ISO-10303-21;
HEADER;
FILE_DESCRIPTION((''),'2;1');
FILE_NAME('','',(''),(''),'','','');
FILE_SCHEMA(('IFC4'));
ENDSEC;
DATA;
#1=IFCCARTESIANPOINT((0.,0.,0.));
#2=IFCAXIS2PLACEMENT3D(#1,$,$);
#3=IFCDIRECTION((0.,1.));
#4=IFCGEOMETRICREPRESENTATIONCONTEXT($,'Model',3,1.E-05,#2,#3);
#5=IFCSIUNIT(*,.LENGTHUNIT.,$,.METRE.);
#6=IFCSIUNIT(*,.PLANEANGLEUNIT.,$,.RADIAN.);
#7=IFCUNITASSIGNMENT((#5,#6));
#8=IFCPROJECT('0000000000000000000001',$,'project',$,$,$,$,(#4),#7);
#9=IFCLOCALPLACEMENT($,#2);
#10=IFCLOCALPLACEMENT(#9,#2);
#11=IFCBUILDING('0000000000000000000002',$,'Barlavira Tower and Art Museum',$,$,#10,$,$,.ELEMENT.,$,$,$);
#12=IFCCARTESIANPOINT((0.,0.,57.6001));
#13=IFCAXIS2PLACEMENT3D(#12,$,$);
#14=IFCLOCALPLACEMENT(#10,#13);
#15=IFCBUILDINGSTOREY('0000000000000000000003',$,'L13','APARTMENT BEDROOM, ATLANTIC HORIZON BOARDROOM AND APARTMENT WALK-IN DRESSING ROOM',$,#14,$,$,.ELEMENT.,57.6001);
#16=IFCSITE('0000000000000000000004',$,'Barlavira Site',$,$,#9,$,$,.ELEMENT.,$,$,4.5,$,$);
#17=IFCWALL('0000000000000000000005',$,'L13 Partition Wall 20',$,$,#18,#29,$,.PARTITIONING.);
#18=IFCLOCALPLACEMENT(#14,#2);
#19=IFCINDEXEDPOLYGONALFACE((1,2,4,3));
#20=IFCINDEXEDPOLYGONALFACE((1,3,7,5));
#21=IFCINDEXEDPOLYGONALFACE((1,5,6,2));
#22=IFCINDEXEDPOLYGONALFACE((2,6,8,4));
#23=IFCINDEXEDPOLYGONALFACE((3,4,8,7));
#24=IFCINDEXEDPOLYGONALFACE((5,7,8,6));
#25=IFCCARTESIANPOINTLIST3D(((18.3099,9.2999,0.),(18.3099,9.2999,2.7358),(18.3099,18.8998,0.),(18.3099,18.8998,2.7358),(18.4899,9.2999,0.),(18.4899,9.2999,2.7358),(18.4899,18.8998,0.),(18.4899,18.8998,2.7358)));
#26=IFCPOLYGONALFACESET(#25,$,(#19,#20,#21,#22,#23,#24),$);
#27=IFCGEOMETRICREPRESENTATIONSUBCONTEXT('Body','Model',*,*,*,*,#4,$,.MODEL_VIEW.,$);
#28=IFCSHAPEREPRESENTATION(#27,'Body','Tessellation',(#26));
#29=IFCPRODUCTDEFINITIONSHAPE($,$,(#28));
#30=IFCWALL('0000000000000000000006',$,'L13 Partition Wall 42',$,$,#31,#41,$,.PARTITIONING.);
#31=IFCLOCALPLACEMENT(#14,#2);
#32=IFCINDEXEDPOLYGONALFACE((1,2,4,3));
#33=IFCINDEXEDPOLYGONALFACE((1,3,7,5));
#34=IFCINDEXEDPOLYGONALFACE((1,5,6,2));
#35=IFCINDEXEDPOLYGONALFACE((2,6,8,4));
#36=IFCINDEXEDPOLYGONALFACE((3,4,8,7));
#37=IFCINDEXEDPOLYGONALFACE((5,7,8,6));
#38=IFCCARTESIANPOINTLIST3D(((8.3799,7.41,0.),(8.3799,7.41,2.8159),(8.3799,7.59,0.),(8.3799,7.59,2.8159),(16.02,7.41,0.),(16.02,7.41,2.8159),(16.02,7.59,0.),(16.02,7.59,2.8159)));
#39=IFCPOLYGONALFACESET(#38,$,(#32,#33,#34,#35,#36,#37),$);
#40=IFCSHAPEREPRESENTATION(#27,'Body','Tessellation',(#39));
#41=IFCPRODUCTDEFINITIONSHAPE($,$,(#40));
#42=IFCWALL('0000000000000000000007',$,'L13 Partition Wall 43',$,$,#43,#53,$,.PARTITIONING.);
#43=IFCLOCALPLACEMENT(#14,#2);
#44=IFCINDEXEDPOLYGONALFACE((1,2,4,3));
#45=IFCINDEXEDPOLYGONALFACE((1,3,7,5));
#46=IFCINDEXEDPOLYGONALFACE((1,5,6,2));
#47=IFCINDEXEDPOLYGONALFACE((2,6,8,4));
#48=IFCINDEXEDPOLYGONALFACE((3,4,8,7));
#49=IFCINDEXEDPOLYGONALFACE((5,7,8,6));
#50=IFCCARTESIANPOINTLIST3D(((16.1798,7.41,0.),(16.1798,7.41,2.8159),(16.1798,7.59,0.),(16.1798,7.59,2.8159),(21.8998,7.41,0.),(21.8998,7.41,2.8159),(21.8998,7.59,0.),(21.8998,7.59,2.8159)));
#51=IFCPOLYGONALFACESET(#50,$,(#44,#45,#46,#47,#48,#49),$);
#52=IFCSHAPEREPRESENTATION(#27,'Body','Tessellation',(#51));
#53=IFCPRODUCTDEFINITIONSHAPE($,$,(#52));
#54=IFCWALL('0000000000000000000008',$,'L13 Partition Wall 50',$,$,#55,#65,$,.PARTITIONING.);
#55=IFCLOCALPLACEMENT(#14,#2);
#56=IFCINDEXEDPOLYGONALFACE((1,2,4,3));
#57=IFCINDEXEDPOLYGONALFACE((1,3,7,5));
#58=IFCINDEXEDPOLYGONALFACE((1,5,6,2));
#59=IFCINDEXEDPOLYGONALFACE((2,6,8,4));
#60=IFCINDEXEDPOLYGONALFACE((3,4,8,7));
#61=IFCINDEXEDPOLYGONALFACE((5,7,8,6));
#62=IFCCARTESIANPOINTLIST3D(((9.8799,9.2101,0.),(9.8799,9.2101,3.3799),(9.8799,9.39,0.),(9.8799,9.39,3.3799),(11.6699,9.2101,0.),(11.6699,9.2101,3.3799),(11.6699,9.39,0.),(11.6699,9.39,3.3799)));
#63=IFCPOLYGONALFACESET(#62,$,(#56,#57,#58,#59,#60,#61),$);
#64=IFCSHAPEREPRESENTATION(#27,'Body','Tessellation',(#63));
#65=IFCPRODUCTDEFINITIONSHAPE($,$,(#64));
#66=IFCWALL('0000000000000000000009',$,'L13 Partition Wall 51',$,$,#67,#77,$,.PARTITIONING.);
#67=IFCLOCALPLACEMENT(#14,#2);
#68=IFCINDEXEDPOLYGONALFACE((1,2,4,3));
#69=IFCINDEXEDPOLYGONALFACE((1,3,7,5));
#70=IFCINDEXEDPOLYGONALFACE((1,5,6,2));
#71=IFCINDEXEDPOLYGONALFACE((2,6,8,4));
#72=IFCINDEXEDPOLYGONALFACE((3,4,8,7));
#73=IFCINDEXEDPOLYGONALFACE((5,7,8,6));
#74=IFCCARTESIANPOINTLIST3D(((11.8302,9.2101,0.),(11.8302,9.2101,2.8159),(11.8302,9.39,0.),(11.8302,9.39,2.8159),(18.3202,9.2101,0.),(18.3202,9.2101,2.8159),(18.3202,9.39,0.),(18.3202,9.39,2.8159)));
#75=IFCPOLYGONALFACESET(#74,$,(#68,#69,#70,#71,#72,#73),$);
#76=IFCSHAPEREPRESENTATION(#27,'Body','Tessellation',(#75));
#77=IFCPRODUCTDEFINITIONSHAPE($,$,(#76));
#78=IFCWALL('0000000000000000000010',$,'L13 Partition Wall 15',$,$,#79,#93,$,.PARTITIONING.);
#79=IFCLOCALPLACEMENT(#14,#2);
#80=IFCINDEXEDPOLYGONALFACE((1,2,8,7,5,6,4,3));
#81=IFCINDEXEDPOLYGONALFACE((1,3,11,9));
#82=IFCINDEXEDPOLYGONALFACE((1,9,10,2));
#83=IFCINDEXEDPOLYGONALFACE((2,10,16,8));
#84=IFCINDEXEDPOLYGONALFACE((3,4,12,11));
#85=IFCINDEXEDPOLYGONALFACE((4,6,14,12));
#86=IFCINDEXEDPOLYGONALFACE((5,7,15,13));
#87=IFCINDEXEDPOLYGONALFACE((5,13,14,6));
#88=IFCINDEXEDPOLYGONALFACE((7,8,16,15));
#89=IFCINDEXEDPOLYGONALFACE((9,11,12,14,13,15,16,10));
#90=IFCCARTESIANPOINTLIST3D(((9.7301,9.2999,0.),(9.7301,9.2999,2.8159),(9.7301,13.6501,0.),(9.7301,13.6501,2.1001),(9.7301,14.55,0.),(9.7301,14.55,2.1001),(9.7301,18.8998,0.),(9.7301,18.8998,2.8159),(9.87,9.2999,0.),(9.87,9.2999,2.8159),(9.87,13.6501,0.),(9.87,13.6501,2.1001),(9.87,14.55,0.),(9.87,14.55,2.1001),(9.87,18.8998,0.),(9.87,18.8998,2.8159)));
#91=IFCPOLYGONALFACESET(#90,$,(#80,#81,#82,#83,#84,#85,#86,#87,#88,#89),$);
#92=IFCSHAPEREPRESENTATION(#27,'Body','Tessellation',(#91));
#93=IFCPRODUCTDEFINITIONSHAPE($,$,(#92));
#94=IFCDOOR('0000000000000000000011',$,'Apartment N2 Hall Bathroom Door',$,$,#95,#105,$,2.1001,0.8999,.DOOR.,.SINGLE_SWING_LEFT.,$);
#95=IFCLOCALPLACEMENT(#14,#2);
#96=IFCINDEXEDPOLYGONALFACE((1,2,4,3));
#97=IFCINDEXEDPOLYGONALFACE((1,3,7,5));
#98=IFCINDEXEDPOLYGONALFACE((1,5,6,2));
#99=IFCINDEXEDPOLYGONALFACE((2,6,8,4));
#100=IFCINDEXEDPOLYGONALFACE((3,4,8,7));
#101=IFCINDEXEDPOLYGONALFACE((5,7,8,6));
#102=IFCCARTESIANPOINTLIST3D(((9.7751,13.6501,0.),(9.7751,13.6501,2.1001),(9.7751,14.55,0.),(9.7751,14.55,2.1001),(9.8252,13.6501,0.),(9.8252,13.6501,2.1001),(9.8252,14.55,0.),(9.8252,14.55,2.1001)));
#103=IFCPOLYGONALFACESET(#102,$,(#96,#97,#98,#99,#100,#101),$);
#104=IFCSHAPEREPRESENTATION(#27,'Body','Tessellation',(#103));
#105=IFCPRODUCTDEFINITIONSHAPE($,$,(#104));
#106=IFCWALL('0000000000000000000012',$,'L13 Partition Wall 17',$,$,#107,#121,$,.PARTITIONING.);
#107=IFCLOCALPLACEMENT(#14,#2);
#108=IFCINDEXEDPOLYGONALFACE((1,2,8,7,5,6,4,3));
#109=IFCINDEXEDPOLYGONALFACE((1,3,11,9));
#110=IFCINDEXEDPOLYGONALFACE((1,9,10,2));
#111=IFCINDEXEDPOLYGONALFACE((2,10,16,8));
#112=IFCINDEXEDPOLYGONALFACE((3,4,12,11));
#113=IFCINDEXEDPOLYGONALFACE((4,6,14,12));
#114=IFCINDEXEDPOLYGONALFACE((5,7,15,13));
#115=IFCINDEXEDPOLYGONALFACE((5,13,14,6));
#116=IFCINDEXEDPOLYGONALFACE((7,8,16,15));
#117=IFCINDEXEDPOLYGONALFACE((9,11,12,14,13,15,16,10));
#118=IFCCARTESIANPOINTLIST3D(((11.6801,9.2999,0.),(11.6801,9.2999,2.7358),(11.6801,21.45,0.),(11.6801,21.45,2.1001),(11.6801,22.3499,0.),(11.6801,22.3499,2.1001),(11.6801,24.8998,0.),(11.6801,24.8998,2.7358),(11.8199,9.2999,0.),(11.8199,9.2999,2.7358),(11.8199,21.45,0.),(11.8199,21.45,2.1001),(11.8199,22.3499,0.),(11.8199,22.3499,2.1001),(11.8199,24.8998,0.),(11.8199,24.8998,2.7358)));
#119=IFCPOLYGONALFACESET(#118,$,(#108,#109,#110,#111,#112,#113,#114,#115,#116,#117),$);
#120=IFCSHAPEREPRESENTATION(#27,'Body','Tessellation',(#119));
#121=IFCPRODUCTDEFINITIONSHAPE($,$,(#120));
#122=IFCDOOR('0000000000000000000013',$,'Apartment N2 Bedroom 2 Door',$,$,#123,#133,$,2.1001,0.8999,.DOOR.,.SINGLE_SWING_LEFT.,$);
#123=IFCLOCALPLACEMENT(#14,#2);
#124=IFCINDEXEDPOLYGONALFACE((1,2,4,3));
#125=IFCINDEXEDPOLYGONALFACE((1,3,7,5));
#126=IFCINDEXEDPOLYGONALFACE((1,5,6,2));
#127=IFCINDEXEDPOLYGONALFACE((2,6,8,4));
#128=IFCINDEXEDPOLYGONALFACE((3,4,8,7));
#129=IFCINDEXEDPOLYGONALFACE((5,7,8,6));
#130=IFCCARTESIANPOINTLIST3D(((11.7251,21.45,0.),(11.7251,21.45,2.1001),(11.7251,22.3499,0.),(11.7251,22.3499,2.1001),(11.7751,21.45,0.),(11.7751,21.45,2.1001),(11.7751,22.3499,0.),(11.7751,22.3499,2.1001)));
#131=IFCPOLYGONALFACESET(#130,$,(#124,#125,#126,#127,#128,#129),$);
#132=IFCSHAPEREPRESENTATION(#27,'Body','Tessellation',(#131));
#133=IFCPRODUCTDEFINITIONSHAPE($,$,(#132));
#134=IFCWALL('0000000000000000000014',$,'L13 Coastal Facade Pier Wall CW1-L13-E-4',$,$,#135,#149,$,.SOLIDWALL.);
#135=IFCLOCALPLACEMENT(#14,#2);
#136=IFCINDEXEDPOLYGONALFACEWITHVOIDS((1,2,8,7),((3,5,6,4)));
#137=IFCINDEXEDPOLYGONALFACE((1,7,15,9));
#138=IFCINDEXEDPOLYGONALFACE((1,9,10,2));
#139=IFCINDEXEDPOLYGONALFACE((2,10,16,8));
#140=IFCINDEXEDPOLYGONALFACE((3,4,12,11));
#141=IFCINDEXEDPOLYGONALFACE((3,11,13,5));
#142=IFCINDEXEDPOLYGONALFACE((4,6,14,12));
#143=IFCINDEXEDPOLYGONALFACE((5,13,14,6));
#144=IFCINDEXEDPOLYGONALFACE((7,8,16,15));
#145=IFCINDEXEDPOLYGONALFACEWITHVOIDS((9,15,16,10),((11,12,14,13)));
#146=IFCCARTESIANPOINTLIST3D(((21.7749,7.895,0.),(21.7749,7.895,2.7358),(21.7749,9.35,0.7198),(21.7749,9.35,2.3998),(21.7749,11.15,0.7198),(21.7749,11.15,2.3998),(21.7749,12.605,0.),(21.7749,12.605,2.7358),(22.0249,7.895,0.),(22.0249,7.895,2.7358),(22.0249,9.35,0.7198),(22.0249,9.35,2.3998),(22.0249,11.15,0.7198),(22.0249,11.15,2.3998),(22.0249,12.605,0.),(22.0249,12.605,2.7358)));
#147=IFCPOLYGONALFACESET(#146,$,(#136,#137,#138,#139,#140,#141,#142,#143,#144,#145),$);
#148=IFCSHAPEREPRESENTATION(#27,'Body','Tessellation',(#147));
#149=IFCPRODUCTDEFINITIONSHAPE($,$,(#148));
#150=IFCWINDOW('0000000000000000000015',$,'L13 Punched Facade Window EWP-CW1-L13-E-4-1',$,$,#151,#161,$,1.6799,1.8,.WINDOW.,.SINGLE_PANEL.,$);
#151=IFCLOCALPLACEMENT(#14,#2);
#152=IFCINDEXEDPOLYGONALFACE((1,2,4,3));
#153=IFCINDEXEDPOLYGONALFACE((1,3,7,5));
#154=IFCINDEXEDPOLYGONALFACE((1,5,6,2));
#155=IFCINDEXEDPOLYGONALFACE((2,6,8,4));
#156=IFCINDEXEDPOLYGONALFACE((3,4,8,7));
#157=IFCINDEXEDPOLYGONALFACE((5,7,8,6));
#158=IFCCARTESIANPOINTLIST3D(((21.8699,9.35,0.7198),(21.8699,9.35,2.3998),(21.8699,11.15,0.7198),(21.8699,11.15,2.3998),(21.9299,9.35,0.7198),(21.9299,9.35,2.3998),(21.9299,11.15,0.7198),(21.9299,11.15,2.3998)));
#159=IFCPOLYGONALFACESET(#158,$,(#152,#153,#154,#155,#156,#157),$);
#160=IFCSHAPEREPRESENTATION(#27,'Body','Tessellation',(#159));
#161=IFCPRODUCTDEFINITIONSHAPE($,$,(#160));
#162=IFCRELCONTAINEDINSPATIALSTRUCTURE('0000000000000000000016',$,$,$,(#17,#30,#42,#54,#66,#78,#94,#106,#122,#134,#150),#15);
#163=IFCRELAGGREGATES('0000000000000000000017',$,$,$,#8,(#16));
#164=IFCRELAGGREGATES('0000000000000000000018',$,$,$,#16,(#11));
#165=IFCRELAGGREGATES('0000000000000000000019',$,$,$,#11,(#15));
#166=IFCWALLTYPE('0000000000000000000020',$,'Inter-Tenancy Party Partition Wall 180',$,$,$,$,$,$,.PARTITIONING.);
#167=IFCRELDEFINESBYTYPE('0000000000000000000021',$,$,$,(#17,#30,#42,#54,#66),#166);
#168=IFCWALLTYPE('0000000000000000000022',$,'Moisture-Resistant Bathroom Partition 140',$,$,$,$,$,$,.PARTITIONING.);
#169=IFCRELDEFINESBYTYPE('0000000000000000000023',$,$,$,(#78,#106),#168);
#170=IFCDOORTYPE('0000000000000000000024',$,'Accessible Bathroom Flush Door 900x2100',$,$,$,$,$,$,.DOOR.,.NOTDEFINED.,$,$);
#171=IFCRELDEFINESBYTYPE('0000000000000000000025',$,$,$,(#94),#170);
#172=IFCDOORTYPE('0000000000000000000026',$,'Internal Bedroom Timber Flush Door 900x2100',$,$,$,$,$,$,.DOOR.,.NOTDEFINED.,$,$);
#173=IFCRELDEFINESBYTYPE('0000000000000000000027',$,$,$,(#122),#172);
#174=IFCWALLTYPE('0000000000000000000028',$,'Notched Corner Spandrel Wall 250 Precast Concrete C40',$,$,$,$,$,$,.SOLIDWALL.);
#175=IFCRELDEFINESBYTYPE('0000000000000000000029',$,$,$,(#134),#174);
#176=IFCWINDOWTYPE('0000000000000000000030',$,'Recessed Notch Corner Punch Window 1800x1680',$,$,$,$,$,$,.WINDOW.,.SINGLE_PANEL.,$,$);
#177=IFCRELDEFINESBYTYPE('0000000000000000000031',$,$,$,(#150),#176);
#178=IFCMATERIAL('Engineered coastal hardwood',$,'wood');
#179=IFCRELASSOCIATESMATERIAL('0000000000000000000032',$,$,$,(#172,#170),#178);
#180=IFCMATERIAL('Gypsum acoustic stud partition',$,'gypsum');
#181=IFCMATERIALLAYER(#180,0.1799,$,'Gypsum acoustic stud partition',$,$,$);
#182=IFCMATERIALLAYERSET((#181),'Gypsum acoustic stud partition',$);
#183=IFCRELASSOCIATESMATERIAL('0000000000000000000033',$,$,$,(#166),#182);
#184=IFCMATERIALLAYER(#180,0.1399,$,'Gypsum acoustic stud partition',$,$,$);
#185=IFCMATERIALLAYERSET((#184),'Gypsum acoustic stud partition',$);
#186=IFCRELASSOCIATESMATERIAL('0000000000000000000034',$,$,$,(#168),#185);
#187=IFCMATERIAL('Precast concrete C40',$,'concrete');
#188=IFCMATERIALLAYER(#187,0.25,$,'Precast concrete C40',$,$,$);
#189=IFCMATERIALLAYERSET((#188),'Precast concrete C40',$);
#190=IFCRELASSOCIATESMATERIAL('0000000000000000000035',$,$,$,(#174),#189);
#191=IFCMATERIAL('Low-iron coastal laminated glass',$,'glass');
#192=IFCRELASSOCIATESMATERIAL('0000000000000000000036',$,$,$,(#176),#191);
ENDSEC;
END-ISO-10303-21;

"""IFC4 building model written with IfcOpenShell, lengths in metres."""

from ifc_helpers import new_model, si_unit, direction, frame, frame_2d, origin, place, context, subcontext, project, spatial, rectangle, extrude, material, layer, layer_set, type_object, element, fill, save


model = new_model("IFC4")

# Units and contexts
model_context = context("Model", 3, precision=1e-05, world=origin(), true_north=direction((0.0, 1.0)))
body_context = subcontext(model_context, "Body", "Model", "MODEL_VIEW")
ifc_project = project(units=[si_unit("LENGTHUNIT", "METRE"), si_unit("PLANEANGLEUNIT", "RADIAN")], contexts=[model_context])

# Site, building, storey
site_placement = place(None, origin())
site = spatial("IfcSite", under=ifc_project, at=site_placement, Name="Barlavira Site", CompositionType="ELEMENT", RefElevation=4.5)
building_placement = place(site_placement, origin())
building = spatial("IfcBuilding", under=site, at=building_placement, Name="Barlavira Tower and Art Museum", CompositionType="ELEMENT")
storey_placement = place(building_placement, frame((0.0, 0.0, 57.6001)))
storey = spatial("IfcBuildingStorey", under=building, at=storey_placement, Name="L13", Description="APARTMENT BEDROOM, ATLANTIC HORIZON BOARDROOM AND APARTMENT WALK-IN DRESSING ROOM", CompositionType="ELEMENT", Elevation=57.6001)

# Shared definitions
ifc_material_1 = material(Name="Low-iron coastal laminated glass", Category="glass")

# Shared definitions
ifc_material_2 = material(Name="Gypsum acoustic stud partition", Category="gypsum")
ifc_material_3 = material(Name="Engineered coastal hardwood", Category="wood")
door_type_1 = type_object("IfcDoorType", Name="Internal Bedroom Timber Flush Door 900x2100", OperationType="NOTDEFINED", PredefinedType="DOOR", material=ifc_material_3)

# Walls
ifc_layer_1 = layer(ifc_material_2, 0.1799, Name="Gypsum acoustic stud partition")
ifc_layer_set_1 = layer_set([ifc_layer_1], Name="Gypsum acoustic stud partition")
wall_type_1 = type_object("IfcWallType", Name="Inter-Tenancy Party Partition Wall 180", PredefinedType="PARTITIONING", material=ifc_layer_set_1)
wall_1_placement = place(storey_placement, frame((18.3999, 9.3, 0.0), z_axis=(0.0, 0.0, 1.0), x_axis=(0.0, 1.0, 0.0)))
element("IfcWall", 1, at=wall_1_placement, inside=storey, type_object=wall_type_1, Name="L13 Partition Wall 20", PredefinedType="PARTITIONING", context=body_context, shape_type="SweptSolid", body=[
    extrude(rectangle(XDim=9.5999, YDim=0.1799, at=frame_2d((4.7998, 0.0))), origin(), (0.0, 0.0, 1.0), 2.7358),
])
wall_2_placement = place(storey_placement, frame((8.3799, 7.5, 0.0), z_axis=(0.0, 0.0, 1.0), x_axis=(1.0, 0.0, 0.0)))
element("IfcWall", 2, at=wall_2_placement, inside=storey, type_object=wall_type_1, Name="L13 Partition Wall 42", PredefinedType="PARTITIONING", context=body_context, shape_type="SweptSolid", body=[
    extrude(rectangle(XDim=7.6401, YDim=0.1799, at=frame_2d((3.8201, 0.0))), origin(), (0.0, 0.0, 1.0), 2.8159),
])
wall_3_placement = place(storey_placement, frame((16.1799, 7.5, 0.0), z_axis=(0.0, 0.0, 1.0), x_axis=(1.0, 0.0, 0.0)))
element("IfcWall", 3, at=wall_3_placement, inside=storey, type_object=wall_type_1, Name="L13 Partition Wall 43", PredefinedType="PARTITIONING", context=body_context, shape_type="SweptSolid", body=[
    extrude(rectangle(XDim=5.72, YDim=0.1799, at=frame_2d((2.8599, 0.0))), origin(), (0.0, 0.0, 1.0), 2.8159),
])
wall_4_placement = place(storey_placement, frame((9.8799, 9.3, 0.0), z_axis=(0.0, 0.0, 1.0), x_axis=(1.0, 0.0, 0.0)))
element("IfcWall", 4, at=wall_4_placement, inside=storey, type_object=wall_type_1, Name="L13 Partition Wall 50", PredefinedType="PARTITIONING", context=body_context, shape_type="SweptSolid", body=[
    extrude(rectangle(XDim=1.79, YDim=0.1799, at=frame_2d((0.895, 0.0))), origin(), (0.0, 0.0, 1.0), 3.3799),
])
wall_5_placement = place(storey_placement, frame((11.8301, 9.3, 0.0), z_axis=(0.0, 0.0, 1.0), x_axis=(1.0, 0.0, 0.0)))
element("IfcWall", 5, at=wall_5_placement, inside=storey, type_object=wall_type_1, Name="L13 Partition Wall 51", PredefinedType="PARTITIONING", context=body_context, shape_type="SweptSolid", body=[
    extrude(rectangle(XDim=6.49, YDim=0.1799, at=frame_2d((3.2451, 0.0))), origin(), (0.0, 0.0, 1.0), 2.8159),
])

# Walls, openings, doors
ifc_layer_2 = layer(ifc_material_2, 0.1399, Name="Gypsum acoustic stud partition")
ifc_layer_set_2 = layer_set([ifc_layer_2], Name="Gypsum acoustic stud partition")
wall_type_2 = type_object("IfcWallType", Name="Moisture-Resistant Bathroom Partition 140", PredefinedType="PARTITIONING", material=ifc_layer_set_2)
wall_6_placement = place(storey_placement, frame((9.8, 9.3, 0.0), z_axis=(0.0, 0.0, 1.0), x_axis=(0.0, 1.0, 0.0)))
wall_6 = element("IfcWall", 6, at=wall_6_placement, inside=storey, type_object=wall_type_2, Name="L13 Partition Wall 15", PredefinedType="PARTITIONING", context=body_context, shape_type="SweptSolid", body=[
    extrude(rectangle(XDim=9.5999, YDim=0.1399, at=frame_2d((4.7998, 0.0))), origin(), (0.0, 0.0, 1.0), 2.8159),
])
opening_1_placement = place(wall_6_placement, frame((4.3501, 0.0, 0.0)))
opening_1 = element("IfcOpeningElement", 7, at=opening_1_placement, cuts=wall_6, PredefinedType="OPENING", context=body_context, shape_type="SweptSolid", body=[
    extrude(rectangle(XDim=0.8999, YDim=2.1001, at=frame_2d((0.45, 1.05))), frame((0.0, 0.0801, 0.0), z_axis=(0.0, -1.0, 0.0), x_axis=(1.0, 0.0, 0.0)), (0.0, 0.0, 1.0), 0.1599),
])
door_type_2 = type_object("IfcDoorType", Name="Accessible Bathroom Flush Door 900x2100", OperationType="NOTDEFINED", PredefinedType="DOOR", material=ifc_material_3)
door_1_placement = place(opening_1_placement, origin())
door_1 = element("IfcDoor", 8, at=door_1_placement, inside=storey, type_object=door_type_2, Name="Apartment N2 Hall Bathroom Door", OperationType="SINGLE_SWING_LEFT", OverallHeight=2.1001, OverallWidth=0.8999, PredefinedType="DOOR", context=body_context, shape_type="SweptSolid", body=[
    extrude(rectangle(XDim=0.8999, YDim=2.1001, at=frame_2d((0.45, 1.05))), frame((0.0, 0.0249, 0.0), z_axis=(0.0, -1.0, 0.0), x_axis=(1.0, 0.0, 0.0)), (0.0, 0.0, 1.0), 0.05),
])
fill(opening_1, door_1)
wall_7_placement = place(storey_placement, frame((11.75, 9.3, 0.0), z_axis=(0.0, 0.0, 1.0), x_axis=(0.0, 1.0, 0.0)))
wall_7 = element("IfcWall", 9, at=wall_7_placement, inside=storey, type_object=wall_type_2, Name="L13 Partition Wall 17", PredefinedType="PARTITIONING", context=body_context, shape_type="SweptSolid", body=[
    extrude(rectangle(XDim=15.5999, YDim=0.1399, at=frame_2d((7.7998, 0.0))), origin(), (0.0, 0.0, 1.0), 2.7358),
])
opening_2_placement = place(wall_7_placement, frame((12.1499, 0.0, 0.0)))
opening_2 = element("IfcOpeningElement", 10, at=opening_2_placement, cuts=wall_7, PredefinedType="OPENING", context=body_context, shape_type="SweptSolid", body=[
    extrude(rectangle(XDim=0.8999, YDim=2.1001, at=frame_2d((0.45, 1.05))), frame((0.0, 0.0801, 0.0), z_axis=(0.0, -1.0, 0.0), x_axis=(1.0, 0.0, 0.0)), (0.0, 0.0, 1.0), 0.1599),
])
door_2_placement = place(opening_2_placement, origin())
door_2 = element("IfcDoor", 11, at=door_2_placement, inside=storey, type_object=door_type_1, Name="Apartment N2 Bedroom 2 Door", OperationType="SINGLE_SWING_LEFT", OverallHeight=2.1001, OverallWidth=0.8999, PredefinedType="DOOR", context=body_context, shape_type="SweptSolid", body=[
    extrude(rectangle(XDim=0.8999, YDim=2.1001, at=frame_2d((0.45, 1.05))), frame((0.0, 0.0249, 0.0), z_axis=(0.0, -1.0, 0.0), x_axis=(1.0, 0.0, 0.0)), (0.0, 0.0, 1.0), 0.05),
])
fill(opening_2, door_2)

# Wall, opening, window
ifc_material_4 = material(Name="Precast concrete C40", Category="concrete")
ifc_layer_3 = layer(ifc_material_4, 0.25, Name="Precast concrete C40")
ifc_layer_set_3 = layer_set([ifc_layer_3], Name="Precast concrete C40")
wall_type_3 = type_object("IfcWallType", Name="Notched Corner Spandrel Wall 250 Precast Concrete C40", PredefinedType="SOLIDWALL", material=ifc_layer_set_3)
wall_8_placement = place(storey_placement, frame((21.8999, 7.895, 0.0), z_axis=(0.0, 0.0, 1.0), x_axis=(0.0, 1.0, 0.0)))
wall_8 = element("IfcWall", 12, at=wall_8_placement, inside=storey, type_object=wall_type_3, Name="L13 Coastal Facade Pier Wall CW1-L13-E-4", PredefinedType="SOLIDWALL", context=body_context, shape_type="SweptSolid", body=[
    extrude(rectangle(XDim=4.71, YDim=0.25, at=frame_2d((2.355, 0.0))), origin(), (0.0, 0.0, 1.0), 2.7358),
])
opening_3_placement = place(wall_8_placement, frame((1.4551, 0.0, 0.72)))
opening_3 = element("IfcOpeningElement", 13, at=opening_3_placement, cuts=wall_8, PredefinedType="OPENING", context=body_context, shape_type="SweptSolid", body=[
    extrude(rectangle(XDim=1.8, YDim=1.6799, at=frame_2d((0.8999, 0.8398))), frame((0.0, 0.135, 0.0), z_axis=(0.0, -1.0, 0.0), x_axis=(1.0, 0.0, 0.0)), (0.0, 0.0, 1.0), 0.27),
])
window_type = type_object("IfcWindowType", Name="Recessed Notch Corner Punch Window 1800x1680", PartitioningType="SINGLE_PANEL", PredefinedType="WINDOW", material=ifc_material_1)
window_placement = place(opening_3_placement, origin())
window = element("IfcWindow", 14, at=window_placement, inside=storey, type_object=window_type, Name="L13 Punched Facade Window EWP-CW1-L13-E-4-1", OverallHeight=1.6799, OverallWidth=1.8, PartitioningType="SINGLE_PANEL", PredefinedType="WINDOW", context=body_context, shape_type="SweptSolid", body=[
    extrude(rectangle(XDim=1.8, YDim=1.6799, at=frame_2d((0.8999, 0.8398))), frame((0.0, 0.03, 0.0), z_axis=(0.0, -1.0, 0.0), x_axis=(1.0, 0.0, 0.0)), (0.0, 0.0, 1.0), 0.0601),
])
fill(opening_3, window)

save(model, "model.ifc")
